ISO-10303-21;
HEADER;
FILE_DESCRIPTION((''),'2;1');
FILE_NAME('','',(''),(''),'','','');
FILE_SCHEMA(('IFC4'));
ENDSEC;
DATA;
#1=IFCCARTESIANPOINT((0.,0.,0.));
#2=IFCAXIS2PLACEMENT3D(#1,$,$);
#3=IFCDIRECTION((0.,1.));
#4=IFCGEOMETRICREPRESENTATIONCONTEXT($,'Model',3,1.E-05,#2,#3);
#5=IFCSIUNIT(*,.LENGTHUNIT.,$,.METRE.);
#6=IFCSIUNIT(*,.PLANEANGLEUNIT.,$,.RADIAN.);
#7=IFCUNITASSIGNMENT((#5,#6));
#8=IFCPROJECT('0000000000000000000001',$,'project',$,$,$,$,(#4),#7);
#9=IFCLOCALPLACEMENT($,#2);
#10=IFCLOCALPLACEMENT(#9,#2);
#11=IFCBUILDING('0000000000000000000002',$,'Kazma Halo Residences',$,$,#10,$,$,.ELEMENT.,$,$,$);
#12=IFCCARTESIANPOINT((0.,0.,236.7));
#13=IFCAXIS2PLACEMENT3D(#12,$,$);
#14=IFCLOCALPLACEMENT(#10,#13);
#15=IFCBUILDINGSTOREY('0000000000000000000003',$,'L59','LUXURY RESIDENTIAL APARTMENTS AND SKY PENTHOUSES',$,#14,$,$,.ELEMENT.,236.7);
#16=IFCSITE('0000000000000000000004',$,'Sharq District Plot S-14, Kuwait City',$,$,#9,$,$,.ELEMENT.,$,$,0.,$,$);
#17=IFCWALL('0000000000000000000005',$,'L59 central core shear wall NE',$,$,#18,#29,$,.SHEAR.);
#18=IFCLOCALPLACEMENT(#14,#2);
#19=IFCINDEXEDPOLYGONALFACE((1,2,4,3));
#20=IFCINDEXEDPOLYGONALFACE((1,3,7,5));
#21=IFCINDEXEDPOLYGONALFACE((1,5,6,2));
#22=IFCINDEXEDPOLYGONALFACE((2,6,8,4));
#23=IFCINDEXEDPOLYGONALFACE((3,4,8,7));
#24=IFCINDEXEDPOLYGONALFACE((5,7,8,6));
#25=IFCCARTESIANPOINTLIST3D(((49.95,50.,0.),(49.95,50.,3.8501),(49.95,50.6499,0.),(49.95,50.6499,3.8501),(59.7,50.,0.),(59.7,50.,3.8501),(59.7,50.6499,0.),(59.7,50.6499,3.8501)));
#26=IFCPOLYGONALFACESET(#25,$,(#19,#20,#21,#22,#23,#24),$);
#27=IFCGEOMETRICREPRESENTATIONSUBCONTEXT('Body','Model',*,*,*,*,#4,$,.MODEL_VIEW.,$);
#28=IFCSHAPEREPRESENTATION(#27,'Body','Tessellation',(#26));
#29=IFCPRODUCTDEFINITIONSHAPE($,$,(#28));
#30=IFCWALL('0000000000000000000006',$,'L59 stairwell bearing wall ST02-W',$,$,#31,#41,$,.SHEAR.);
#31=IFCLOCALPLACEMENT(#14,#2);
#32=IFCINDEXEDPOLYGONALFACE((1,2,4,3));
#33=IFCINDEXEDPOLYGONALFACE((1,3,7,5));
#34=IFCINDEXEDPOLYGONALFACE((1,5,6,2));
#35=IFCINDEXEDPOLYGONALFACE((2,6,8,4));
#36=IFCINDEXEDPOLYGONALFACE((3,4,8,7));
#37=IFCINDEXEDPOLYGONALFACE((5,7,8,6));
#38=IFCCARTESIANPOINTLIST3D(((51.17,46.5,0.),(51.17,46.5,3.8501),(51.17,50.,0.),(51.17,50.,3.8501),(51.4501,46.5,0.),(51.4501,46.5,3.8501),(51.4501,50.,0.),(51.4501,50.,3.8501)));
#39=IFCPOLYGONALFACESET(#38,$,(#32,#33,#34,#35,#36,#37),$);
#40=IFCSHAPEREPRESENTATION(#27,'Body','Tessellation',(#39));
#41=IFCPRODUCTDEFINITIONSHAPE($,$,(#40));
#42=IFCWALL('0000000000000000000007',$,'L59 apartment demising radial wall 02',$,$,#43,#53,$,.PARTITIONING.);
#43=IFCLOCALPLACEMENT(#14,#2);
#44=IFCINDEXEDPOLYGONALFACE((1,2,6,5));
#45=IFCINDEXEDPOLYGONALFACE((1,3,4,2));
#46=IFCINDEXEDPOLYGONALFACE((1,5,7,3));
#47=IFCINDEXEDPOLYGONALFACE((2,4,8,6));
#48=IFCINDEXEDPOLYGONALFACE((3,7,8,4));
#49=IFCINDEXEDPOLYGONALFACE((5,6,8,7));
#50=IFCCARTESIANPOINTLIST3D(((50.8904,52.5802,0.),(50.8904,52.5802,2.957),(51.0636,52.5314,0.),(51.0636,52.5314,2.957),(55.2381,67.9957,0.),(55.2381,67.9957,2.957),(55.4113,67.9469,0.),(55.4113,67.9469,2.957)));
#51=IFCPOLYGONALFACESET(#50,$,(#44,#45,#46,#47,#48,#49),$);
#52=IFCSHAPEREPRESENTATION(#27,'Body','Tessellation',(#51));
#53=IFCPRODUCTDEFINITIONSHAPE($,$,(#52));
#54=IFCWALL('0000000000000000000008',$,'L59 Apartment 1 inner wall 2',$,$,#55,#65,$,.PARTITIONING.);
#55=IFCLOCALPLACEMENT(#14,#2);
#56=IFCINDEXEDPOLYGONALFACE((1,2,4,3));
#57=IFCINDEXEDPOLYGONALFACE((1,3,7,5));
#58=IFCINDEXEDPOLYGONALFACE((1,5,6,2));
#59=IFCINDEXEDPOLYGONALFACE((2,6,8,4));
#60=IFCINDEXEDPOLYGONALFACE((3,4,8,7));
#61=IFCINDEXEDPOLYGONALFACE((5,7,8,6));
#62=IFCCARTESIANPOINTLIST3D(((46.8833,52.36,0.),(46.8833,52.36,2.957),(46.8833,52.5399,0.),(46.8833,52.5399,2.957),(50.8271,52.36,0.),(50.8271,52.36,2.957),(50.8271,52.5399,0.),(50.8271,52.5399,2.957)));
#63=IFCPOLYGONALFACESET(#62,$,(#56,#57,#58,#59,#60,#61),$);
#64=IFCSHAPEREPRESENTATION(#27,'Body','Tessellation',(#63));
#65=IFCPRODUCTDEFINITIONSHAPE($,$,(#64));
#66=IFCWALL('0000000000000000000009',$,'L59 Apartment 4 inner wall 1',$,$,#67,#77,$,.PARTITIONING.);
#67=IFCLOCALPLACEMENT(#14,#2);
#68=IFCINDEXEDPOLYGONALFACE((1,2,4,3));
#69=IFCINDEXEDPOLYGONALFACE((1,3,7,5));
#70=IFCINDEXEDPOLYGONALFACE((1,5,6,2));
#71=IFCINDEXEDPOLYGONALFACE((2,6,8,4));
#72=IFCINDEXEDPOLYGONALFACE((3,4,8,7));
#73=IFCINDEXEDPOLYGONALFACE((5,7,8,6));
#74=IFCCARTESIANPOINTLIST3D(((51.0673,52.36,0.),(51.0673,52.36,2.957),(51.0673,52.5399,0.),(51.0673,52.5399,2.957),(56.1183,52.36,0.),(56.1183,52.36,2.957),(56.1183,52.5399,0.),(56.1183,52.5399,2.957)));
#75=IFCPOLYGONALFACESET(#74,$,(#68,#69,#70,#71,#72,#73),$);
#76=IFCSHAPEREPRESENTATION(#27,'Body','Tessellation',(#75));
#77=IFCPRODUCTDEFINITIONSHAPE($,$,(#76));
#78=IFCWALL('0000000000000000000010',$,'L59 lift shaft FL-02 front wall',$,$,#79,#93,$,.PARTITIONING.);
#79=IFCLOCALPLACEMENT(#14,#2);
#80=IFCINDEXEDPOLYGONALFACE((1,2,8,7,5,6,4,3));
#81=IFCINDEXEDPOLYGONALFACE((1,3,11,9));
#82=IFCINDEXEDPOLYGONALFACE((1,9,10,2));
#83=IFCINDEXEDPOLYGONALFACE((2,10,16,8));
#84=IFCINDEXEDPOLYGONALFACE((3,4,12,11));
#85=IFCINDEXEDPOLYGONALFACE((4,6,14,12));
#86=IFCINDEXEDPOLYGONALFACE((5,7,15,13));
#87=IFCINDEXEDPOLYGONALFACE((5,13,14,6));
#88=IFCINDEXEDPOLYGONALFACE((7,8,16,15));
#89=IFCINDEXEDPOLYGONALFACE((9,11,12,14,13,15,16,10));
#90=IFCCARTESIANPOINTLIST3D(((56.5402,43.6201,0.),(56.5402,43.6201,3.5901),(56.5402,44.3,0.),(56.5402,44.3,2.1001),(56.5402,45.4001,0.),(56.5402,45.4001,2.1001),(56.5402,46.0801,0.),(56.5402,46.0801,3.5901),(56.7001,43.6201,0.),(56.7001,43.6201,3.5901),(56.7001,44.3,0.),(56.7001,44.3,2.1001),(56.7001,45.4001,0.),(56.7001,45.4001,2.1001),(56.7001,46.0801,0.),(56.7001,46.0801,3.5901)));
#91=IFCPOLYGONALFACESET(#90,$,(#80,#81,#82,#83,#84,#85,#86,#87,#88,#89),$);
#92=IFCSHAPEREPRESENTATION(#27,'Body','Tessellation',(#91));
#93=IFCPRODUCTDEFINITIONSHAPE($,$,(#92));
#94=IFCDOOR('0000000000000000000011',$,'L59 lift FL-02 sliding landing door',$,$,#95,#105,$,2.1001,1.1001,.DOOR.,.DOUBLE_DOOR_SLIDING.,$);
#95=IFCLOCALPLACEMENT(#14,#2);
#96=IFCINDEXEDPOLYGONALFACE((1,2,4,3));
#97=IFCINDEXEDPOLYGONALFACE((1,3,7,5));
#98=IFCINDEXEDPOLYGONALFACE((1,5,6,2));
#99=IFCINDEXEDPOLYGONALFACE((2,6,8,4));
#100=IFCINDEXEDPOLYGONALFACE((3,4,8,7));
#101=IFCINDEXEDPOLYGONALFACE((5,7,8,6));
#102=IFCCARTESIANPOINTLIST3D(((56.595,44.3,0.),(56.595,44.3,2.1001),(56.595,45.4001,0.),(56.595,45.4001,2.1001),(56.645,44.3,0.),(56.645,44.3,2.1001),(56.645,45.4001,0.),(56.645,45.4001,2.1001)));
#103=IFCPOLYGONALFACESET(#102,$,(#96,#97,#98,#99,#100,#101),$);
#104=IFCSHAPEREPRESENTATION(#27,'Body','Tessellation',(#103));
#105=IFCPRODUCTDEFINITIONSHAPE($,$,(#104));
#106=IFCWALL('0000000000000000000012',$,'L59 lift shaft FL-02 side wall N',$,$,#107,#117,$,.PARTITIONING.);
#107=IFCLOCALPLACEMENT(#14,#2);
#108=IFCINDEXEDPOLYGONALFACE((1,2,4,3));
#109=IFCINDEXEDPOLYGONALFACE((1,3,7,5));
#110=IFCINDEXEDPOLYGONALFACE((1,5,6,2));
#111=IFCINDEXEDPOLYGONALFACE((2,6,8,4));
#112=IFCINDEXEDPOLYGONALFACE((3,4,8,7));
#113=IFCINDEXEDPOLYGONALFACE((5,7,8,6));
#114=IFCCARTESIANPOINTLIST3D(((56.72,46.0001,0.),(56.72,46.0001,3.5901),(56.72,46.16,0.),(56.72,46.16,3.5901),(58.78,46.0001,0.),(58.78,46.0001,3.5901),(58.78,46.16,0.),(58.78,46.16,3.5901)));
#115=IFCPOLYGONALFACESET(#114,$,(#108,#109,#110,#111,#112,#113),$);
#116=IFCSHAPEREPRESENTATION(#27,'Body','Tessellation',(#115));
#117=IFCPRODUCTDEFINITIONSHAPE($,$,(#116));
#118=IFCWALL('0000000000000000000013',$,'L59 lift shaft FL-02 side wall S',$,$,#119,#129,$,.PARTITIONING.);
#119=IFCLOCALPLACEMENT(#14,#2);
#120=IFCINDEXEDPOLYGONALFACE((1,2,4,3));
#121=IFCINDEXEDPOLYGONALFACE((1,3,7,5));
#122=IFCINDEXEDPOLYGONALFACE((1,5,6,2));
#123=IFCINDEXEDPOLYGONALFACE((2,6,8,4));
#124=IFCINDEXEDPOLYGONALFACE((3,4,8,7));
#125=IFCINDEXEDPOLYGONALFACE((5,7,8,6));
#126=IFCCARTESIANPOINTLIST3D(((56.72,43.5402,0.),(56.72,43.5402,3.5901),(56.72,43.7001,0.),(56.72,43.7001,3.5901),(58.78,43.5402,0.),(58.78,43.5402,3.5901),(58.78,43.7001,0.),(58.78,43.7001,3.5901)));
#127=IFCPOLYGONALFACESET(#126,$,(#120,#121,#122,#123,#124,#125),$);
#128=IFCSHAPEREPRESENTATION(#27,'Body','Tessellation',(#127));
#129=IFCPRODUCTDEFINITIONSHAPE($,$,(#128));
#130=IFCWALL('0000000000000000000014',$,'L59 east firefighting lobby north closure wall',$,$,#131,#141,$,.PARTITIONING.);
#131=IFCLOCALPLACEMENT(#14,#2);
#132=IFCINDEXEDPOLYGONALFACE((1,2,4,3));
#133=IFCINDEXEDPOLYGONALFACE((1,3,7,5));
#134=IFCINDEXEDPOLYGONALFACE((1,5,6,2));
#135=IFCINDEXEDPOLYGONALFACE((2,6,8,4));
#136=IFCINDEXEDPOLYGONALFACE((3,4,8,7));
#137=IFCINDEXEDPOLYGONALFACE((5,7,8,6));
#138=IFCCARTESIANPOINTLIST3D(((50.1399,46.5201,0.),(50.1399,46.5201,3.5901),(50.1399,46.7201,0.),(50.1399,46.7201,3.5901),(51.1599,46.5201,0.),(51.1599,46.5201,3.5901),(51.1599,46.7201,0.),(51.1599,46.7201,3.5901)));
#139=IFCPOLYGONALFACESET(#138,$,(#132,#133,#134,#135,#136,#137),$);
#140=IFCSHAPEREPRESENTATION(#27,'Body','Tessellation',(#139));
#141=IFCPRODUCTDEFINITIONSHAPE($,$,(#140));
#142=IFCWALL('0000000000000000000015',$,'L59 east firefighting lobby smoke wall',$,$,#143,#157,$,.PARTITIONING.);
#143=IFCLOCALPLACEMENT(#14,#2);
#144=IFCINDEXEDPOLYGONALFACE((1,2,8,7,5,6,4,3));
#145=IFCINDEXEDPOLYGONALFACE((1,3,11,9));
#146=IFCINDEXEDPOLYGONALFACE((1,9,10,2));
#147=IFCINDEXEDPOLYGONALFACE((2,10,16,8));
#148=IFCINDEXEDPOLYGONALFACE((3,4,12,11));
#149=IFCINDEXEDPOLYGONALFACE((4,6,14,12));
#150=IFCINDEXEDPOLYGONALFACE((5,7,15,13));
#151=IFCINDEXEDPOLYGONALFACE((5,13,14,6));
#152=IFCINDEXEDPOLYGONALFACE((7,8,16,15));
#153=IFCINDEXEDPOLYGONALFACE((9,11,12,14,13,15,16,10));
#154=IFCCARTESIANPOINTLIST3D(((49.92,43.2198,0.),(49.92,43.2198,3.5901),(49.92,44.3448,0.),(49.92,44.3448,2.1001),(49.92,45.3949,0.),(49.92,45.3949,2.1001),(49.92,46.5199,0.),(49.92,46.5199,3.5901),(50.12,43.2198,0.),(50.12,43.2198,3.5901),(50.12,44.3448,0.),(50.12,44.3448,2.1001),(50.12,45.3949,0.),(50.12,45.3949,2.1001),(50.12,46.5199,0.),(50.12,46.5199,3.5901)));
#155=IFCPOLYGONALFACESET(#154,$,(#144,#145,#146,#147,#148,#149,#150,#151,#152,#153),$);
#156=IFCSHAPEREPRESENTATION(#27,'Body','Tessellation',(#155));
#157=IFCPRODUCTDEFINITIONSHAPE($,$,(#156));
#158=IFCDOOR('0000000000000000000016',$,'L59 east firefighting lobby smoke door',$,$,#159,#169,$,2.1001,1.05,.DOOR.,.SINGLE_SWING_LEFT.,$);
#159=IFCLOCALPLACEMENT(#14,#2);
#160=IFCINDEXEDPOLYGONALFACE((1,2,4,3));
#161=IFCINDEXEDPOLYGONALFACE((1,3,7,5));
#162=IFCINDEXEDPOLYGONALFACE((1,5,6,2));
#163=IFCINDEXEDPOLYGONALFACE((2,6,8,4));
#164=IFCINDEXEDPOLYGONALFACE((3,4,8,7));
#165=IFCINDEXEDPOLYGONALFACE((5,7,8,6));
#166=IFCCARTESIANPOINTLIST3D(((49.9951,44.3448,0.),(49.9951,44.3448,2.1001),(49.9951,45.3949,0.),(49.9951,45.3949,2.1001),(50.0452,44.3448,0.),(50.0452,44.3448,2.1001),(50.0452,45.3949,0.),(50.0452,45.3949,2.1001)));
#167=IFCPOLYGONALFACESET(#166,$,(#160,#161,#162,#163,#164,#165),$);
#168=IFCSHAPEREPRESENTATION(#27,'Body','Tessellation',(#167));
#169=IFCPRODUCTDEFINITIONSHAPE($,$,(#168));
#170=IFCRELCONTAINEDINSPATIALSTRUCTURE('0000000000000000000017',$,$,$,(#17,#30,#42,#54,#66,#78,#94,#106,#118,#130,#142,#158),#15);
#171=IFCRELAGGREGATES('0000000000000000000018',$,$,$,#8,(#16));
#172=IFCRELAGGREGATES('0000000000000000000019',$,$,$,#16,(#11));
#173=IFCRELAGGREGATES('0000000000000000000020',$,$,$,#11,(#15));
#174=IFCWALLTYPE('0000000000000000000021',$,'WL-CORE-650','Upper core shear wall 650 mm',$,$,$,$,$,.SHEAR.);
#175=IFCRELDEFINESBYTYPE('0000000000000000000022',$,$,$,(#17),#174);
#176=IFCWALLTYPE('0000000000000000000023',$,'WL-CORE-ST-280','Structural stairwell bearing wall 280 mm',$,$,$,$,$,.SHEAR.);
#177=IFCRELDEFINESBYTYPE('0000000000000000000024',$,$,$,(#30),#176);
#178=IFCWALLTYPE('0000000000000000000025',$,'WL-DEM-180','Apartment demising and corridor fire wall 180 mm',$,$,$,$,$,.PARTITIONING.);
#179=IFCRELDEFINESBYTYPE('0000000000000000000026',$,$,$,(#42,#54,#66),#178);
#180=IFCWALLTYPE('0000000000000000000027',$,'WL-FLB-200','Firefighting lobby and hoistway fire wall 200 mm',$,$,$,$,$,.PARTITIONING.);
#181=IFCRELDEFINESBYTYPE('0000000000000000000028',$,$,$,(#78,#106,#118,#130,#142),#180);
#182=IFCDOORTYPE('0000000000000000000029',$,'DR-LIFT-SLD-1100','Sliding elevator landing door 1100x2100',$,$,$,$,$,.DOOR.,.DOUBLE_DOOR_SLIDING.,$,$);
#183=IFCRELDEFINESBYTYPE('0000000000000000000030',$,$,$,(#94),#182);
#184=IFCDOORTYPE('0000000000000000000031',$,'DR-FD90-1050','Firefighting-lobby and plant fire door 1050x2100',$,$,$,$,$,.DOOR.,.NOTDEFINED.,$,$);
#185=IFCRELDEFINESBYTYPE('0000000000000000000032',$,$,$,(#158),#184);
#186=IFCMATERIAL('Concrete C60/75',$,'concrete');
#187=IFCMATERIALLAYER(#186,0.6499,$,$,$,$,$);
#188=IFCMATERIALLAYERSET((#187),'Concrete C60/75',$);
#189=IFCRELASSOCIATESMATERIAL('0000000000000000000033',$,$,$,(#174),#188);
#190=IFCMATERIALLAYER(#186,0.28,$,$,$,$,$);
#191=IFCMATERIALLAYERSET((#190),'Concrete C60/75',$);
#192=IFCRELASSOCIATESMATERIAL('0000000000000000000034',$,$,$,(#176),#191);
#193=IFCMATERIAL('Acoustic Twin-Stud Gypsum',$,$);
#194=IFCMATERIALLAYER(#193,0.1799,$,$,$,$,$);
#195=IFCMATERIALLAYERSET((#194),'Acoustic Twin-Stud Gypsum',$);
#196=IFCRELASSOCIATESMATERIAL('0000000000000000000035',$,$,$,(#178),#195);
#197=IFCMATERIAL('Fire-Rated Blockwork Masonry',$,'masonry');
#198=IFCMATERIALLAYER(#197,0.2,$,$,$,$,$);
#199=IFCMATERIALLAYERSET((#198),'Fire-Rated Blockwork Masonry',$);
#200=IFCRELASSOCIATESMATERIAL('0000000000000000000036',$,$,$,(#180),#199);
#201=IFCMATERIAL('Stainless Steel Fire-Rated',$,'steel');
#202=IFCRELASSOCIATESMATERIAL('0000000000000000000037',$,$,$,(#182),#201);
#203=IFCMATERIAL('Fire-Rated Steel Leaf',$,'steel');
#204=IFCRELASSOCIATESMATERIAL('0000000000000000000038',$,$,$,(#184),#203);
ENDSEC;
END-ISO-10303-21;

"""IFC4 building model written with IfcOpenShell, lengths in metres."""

from ifc_helpers import new_model, si_unit, direction, frame, frame_2d, origin, place, context, subcontext, project, spatial, rectangle, extrude, material, layer, layer_set, type_object, element, fill, save


model = new_model("IFC4")

# Units and contexts
model_context = context("Model", 3, precision=1e-05, world=origin(), true_north=direction((0.0, 1.0)))
body_context = subcontext(model_context, "Body", "Model", "MODEL_VIEW")
ifc_project = project(units=[si_unit("LENGTHUNIT", "METRE"), si_unit("PLANEANGLEUNIT", "RADIAN")], contexts=[model_context])

# Site, building, storey
site_placement = place(None, origin())
site = spatial("IfcSite", under=ifc_project, at=site_placement, Name="Sharq District Plot S-14, Kuwait City", CompositionType="ELEMENT", RefElevation=0.0)
building_placement = place(site_placement, origin())
building = spatial("IfcBuilding", under=site, at=building_placement, Name="Kazma Halo Residences", CompositionType="ELEMENT")
storey_placement = place(building_placement, frame((0.0, 0.0, 236.7)))
storey = spatial("IfcBuildingStorey", under=building, at=storey_placement, Name="L59", Description="LUXURY RESIDENTIAL APARTMENTS AND SKY PENTHOUSES", CompositionType="ELEMENT", Elevation=236.7)

# Walls
ifc_material_1 = material(Name="Concrete C60/75", Category="concrete")
ifc_layer_1 = layer(ifc_material_1, 0.6499)
ifc_layer_set_1 = layer_set([ifc_layer_1], Name="Concrete C60/75")
wall_type_1 = type_object("IfcWallType", Name="WL-CORE-650", Description="Upper core shear wall 650 mm", PredefinedType="SHEAR", material=ifc_layer_set_1)
wall_1_placement = place(storey_placement, frame((49.95, 50.325, 0.0), z_axis=(0.0, 0.0, 1.0), x_axis=(1.0, 0.0, 0.0)))
element("IfcWall", 1, at=wall_1_placement, inside=storey, type_object=wall_type_1, Name="L59 central core shear wall NE", PredefinedType="SHEAR", context=body_context, shape_type="SweptSolid", body=[
    extrude(rectangle(XDim=9.75, YDim=0.6499, at=frame_2d((4.875, 0.0))), origin(), (0.0, 0.0, 1.0), 3.8501),
])
ifc_layer_2 = layer(ifc_material_1, 0.28)
ifc_layer_set_2 = layer_set([ifc_layer_2], Name="Concrete C60/75")
wall_type_2 = type_object("IfcWallType", Name="WL-CORE-ST-280", Description="Structural stairwell bearing wall 280 mm", PredefinedType="SHEAR", material=ifc_layer_set_2)
wall_2_placement = place(storey_placement, frame((51.3101, 46.5, 0.0), z_axis=(0.0, 0.0, 1.0), x_axis=(0.0, 1.0, 0.0)))
element("IfcWall", 2, at=wall_2_placement, inside=storey, type_object=wall_type_2, Name="L59 stairwell bearing wall ST02-W", PredefinedType="SHEAR", context=body_context, shape_type="SweptSolid", body=[
    extrude(rectangle(XDim=3.5, YDim=0.28, at=frame_2d((1.75, 0.0))), origin(), (0.0, 0.0, 1.0), 3.8501),
])
ifc_material_2 = material(Name="Acoustic Twin-Stud Gypsum")
ifc_layer_3 = layer(ifc_material_2, 0.1799)
ifc_layer_set_3 = layer_set([ifc_layer_3], Name="Acoustic Twin-Stud Gypsum")
wall_type_3 = type_object("IfcWallType", Name="WL-DEM-180", Description="Apartment demising and corridor fire wall 180 mm", PredefinedType="PARTITIONING", material=ifc_layer_set_3)
wall_3_placement = place(storey_placement, frame((50.9771, 52.5559, 0.0), z_axis=(0.0, 0.0, 1.0), x_axis=(0.271442, 0.962455, 0.0)))
element("IfcWall", 3, at=wall_3_placement, inside=storey, type_object=wall_type_3, Name="L59 apartment demising radial wall 02", PredefinedType="PARTITIONING", context=body_context, shape_type="SweptSolid", body=[
    extrude(rectangle(XDim=16.0168, YDim=0.1799, at=frame_2d((8.0083, 0.0))), origin(), (0.0, 0.0, 1.0), 2.957),
])
wall_4_placement = place(storey_placement, frame((50.8271, 52.45, 0.0), z_axis=(0.0, 0.0, 1.0), x_axis=(-1.0, 0.0, 0.0)))
element("IfcWall", 4, at=wall_4_placement, inside=storey, type_object=wall_type_3, Name="L59 Apartment 1 inner wall 2", PredefinedType="PARTITIONING", context=body_context, shape_type="SweptSolid", body=[
    extrude(rectangle(XDim=3.9438, YDim=0.1799, at=frame_2d((1.9719, 0.0))), origin(), (0.0, 0.0, 1.0), 2.957),
])
wall_5_placement = place(storey_placement, frame((56.1182, 52.45, 0.0), z_axis=(0.0, 0.0, 1.0), x_axis=(-1.0, 0.0, 0.0)))
element("IfcWall", 5, at=wall_5_placement, inside=storey, type_object=wall_type_3, Name="L59 Apartment 4 inner wall 1", PredefinedType="PARTITIONING", context=body_context, shape_type="SweptSolid", body=[
    extrude(rectangle(XDim=5.051, YDim=0.1799, at=frame_2d((2.5254, 0.0))), origin(), (0.0, 0.0, 1.0), 2.957),
])

# Wall, opening, door
ifc_material_3 = material(Name="Fire-Rated Blockwork Masonry", Category="masonry")
ifc_layer_4 = layer(ifc_material_3, 0.2)
ifc_layer_set_4 = layer_set([ifc_layer_4], Name="Fire-Rated Blockwork Masonry")
wall_type_4 = type_object("IfcWallType", Name="WL-FLB-200", Description="Firefighting lobby and hoistway fire wall 200 mm", PredefinedType="PARTITIONING", material=ifc_layer_set_4)
wall_6_placement = place(storey_placement, frame((56.6201, 46.0801, 0.0), z_axis=(0.0, 0.0, 1.0), x_axis=(0.0, -1.0, 0.0)))
wall_6 = element("IfcWall", 6, at=wall_6_placement, inside=storey, type_object=wall_type_4, Name="L59 lift shaft FL-02 front wall", PredefinedType="PARTITIONING", context=body_context, shape_type="SweptSolid", body=[
    extrude(rectangle(XDim=2.46, YDim=0.1599, at=frame_2d((1.23, 0.0))), origin(), (0.0, 0.0, 1.0), 3.5901),
])
opening_1_placement = place(wall_6_placement, frame((0.6799, 0.0, 0.0)))
opening_1 = element("IfcOpeningElement", 7, at=opening_1_placement, cuts=wall_6, PredefinedType="OPENING", context=body_context, shape_type="SweptSolid", body=[
    extrude(rectangle(XDim=1.1001, YDim=2.1001, at=frame_2d((0.55, 1.05))), frame((0.0, 0.0898, 0.0), z_axis=(0.0, -1.0, 0.0), x_axis=(1.0, 0.0, 0.0)), (0.0, 0.0, 1.0), 0.1799),
])
ifc_material_4 = material(Name="Stainless Steel Fire-Rated", Category="steel")
door_type_1 = type_object("IfcDoorType", Name="DR-LIFT-SLD-1100", Description="Sliding elevator landing door 1100x2100", OperationType="DOUBLE_DOOR_SLIDING", PredefinedType="DOOR", material=ifc_material_4)
door_1_placement = place(opening_1_placement, origin())
door_1 = element("IfcDoor", 8, at=door_1_placement, inside=storey, type_object=door_type_1, Name="L59 lift FL-02 sliding landing door", OperationType="DOUBLE_DOOR_SLIDING", OverallHeight=2.1001, OverallWidth=1.1001, PredefinedType="DOOR", context=body_context, shape_type="SweptSolid", body=[
    extrude(rectangle(XDim=1.1001, YDim=2.1001, at=frame_2d((0.55, 1.05))), frame((0.0, 0.0249, 0.0), z_axis=(0.0, -1.0, 0.0), x_axis=(1.0, 0.0, 0.0)), (0.0, 0.0, 1.0), 0.05),
])
fill(opening_1, door_1)

# Walls
for number, where, z_axis, x_axis, name in (
    (9, (56.72, 46.0801, 0.0), (0.0, 0.0, 1.0), (1.0, 0.0, 0.0), "L59 lift shaft FL-02 side wall N"),
    (10, (56.72, 43.6201, 0.0), (0.0, 0.0, 1.0), (1.0, 0.0, 0.0), "L59 lift shaft FL-02 side wall S"),
):
    element("IfcWall", number, at=place(storey_placement, frame(where, z_axis=z_axis, x_axis=x_axis)), inside=storey, type_object=wall_type_4, Name=name, PredefinedType="PARTITIONING", context=body_context, shape_type="SweptSolid", body=[
        extrude(rectangle(XDim=2.0601, YDim=0.1599, at=frame_2d((1.03, 0.0))), origin(), (0.0, 0.0, 1.0), 3.5901),
    ])
wall_7_placement = place(storey_placement, frame((50.1399, 46.6201, 0.0), z_axis=(0.0, 0.0, 1.0), x_axis=(1.0, 0.0, 0.0)))
element("IfcWall", 11, at=wall_7_placement, inside=storey, type_object=wall_type_4, Name="L59 east firefighting lobby north closure wall", PredefinedType="PARTITIONING", context=body_context, shape_type="SweptSolid", body=[
    extrude(rectangle(XDim=1.02, YDim=0.2, at=frame_2d((0.51, 0.0))), origin(), (0.0, 0.0, 1.0), 3.5901),
])

# Wall, opening, door
wall_8_placement = place(storey_placement, frame((50.02, 43.22, 0.0), z_axis=(0.0, 0.0, 1.0), x_axis=(0.0, 1.0, 0.0)))
wall_8 = element("IfcWall", 12, at=wall_8_placement, inside=storey, type_object=wall_type_4, Name="L59 east firefighting lobby smoke wall", PredefinedType="PARTITIONING", context=body_context, shape_type="SweptSolid", body=[
    extrude(rectangle(XDim=3.3, YDim=0.2, at=frame_2d((1.6499, 0.0))), origin(), (0.0, 0.0, 1.0), 3.5901),
])
opening_2_placement = place(wall_8_placement, frame((1.125, 0.0, 0.0)))
opening_2 = element("IfcOpeningElement", 13, at=opening_2_placement, cuts=wall_8, PredefinedType="OPENING", context=body_context, shape_type="SweptSolid", body=[
    extrude(rectangle(XDim=1.05, YDim=2.1001, at=frame_2d((0.5249, 1.05))), frame((0.0, 0.1099, 0.0), z_axis=(0.0, -1.0, 0.0), x_axis=(1.0, 0.0, 0.0)), (0.0, 0.0, 1.0), 0.22),
])
ifc_material_5 = material(Name="Fire-Rated Steel Leaf", Category="steel")
door_type_2 = type_object("IfcDoorType", Name="DR-FD90-1050", Description="Firefighting-lobby and plant fire door 1050x2100", OperationType="NOTDEFINED", PredefinedType="DOOR", material=ifc_material_5)
door_2_placement = place(opening_2_placement, origin())
door_2 = element("IfcDoor", 14, at=door_2_placement, inside=storey, type_object=door_type_2, Name="L59 east firefighting lobby smoke door", OperationType="SINGLE_SWING_LEFT", OverallHeight=2.1001, OverallWidth=1.05, PredefinedType="DOOR", context=body_context, shape_type="SweptSolid", body=[
    extrude(rectangle(XDim=1.05, YDim=2.1001, at=frame_2d((0.5249, 1.05))), frame((0.0, 0.0249, 0.0), z_axis=(0.0, -1.0, 0.0), x_axis=(1.0, 0.0, 0.0)), (0.0, 0.0, 1.0), 0.05),
])
fill(opening_2, door_2)

save(model, "model.ifc")
